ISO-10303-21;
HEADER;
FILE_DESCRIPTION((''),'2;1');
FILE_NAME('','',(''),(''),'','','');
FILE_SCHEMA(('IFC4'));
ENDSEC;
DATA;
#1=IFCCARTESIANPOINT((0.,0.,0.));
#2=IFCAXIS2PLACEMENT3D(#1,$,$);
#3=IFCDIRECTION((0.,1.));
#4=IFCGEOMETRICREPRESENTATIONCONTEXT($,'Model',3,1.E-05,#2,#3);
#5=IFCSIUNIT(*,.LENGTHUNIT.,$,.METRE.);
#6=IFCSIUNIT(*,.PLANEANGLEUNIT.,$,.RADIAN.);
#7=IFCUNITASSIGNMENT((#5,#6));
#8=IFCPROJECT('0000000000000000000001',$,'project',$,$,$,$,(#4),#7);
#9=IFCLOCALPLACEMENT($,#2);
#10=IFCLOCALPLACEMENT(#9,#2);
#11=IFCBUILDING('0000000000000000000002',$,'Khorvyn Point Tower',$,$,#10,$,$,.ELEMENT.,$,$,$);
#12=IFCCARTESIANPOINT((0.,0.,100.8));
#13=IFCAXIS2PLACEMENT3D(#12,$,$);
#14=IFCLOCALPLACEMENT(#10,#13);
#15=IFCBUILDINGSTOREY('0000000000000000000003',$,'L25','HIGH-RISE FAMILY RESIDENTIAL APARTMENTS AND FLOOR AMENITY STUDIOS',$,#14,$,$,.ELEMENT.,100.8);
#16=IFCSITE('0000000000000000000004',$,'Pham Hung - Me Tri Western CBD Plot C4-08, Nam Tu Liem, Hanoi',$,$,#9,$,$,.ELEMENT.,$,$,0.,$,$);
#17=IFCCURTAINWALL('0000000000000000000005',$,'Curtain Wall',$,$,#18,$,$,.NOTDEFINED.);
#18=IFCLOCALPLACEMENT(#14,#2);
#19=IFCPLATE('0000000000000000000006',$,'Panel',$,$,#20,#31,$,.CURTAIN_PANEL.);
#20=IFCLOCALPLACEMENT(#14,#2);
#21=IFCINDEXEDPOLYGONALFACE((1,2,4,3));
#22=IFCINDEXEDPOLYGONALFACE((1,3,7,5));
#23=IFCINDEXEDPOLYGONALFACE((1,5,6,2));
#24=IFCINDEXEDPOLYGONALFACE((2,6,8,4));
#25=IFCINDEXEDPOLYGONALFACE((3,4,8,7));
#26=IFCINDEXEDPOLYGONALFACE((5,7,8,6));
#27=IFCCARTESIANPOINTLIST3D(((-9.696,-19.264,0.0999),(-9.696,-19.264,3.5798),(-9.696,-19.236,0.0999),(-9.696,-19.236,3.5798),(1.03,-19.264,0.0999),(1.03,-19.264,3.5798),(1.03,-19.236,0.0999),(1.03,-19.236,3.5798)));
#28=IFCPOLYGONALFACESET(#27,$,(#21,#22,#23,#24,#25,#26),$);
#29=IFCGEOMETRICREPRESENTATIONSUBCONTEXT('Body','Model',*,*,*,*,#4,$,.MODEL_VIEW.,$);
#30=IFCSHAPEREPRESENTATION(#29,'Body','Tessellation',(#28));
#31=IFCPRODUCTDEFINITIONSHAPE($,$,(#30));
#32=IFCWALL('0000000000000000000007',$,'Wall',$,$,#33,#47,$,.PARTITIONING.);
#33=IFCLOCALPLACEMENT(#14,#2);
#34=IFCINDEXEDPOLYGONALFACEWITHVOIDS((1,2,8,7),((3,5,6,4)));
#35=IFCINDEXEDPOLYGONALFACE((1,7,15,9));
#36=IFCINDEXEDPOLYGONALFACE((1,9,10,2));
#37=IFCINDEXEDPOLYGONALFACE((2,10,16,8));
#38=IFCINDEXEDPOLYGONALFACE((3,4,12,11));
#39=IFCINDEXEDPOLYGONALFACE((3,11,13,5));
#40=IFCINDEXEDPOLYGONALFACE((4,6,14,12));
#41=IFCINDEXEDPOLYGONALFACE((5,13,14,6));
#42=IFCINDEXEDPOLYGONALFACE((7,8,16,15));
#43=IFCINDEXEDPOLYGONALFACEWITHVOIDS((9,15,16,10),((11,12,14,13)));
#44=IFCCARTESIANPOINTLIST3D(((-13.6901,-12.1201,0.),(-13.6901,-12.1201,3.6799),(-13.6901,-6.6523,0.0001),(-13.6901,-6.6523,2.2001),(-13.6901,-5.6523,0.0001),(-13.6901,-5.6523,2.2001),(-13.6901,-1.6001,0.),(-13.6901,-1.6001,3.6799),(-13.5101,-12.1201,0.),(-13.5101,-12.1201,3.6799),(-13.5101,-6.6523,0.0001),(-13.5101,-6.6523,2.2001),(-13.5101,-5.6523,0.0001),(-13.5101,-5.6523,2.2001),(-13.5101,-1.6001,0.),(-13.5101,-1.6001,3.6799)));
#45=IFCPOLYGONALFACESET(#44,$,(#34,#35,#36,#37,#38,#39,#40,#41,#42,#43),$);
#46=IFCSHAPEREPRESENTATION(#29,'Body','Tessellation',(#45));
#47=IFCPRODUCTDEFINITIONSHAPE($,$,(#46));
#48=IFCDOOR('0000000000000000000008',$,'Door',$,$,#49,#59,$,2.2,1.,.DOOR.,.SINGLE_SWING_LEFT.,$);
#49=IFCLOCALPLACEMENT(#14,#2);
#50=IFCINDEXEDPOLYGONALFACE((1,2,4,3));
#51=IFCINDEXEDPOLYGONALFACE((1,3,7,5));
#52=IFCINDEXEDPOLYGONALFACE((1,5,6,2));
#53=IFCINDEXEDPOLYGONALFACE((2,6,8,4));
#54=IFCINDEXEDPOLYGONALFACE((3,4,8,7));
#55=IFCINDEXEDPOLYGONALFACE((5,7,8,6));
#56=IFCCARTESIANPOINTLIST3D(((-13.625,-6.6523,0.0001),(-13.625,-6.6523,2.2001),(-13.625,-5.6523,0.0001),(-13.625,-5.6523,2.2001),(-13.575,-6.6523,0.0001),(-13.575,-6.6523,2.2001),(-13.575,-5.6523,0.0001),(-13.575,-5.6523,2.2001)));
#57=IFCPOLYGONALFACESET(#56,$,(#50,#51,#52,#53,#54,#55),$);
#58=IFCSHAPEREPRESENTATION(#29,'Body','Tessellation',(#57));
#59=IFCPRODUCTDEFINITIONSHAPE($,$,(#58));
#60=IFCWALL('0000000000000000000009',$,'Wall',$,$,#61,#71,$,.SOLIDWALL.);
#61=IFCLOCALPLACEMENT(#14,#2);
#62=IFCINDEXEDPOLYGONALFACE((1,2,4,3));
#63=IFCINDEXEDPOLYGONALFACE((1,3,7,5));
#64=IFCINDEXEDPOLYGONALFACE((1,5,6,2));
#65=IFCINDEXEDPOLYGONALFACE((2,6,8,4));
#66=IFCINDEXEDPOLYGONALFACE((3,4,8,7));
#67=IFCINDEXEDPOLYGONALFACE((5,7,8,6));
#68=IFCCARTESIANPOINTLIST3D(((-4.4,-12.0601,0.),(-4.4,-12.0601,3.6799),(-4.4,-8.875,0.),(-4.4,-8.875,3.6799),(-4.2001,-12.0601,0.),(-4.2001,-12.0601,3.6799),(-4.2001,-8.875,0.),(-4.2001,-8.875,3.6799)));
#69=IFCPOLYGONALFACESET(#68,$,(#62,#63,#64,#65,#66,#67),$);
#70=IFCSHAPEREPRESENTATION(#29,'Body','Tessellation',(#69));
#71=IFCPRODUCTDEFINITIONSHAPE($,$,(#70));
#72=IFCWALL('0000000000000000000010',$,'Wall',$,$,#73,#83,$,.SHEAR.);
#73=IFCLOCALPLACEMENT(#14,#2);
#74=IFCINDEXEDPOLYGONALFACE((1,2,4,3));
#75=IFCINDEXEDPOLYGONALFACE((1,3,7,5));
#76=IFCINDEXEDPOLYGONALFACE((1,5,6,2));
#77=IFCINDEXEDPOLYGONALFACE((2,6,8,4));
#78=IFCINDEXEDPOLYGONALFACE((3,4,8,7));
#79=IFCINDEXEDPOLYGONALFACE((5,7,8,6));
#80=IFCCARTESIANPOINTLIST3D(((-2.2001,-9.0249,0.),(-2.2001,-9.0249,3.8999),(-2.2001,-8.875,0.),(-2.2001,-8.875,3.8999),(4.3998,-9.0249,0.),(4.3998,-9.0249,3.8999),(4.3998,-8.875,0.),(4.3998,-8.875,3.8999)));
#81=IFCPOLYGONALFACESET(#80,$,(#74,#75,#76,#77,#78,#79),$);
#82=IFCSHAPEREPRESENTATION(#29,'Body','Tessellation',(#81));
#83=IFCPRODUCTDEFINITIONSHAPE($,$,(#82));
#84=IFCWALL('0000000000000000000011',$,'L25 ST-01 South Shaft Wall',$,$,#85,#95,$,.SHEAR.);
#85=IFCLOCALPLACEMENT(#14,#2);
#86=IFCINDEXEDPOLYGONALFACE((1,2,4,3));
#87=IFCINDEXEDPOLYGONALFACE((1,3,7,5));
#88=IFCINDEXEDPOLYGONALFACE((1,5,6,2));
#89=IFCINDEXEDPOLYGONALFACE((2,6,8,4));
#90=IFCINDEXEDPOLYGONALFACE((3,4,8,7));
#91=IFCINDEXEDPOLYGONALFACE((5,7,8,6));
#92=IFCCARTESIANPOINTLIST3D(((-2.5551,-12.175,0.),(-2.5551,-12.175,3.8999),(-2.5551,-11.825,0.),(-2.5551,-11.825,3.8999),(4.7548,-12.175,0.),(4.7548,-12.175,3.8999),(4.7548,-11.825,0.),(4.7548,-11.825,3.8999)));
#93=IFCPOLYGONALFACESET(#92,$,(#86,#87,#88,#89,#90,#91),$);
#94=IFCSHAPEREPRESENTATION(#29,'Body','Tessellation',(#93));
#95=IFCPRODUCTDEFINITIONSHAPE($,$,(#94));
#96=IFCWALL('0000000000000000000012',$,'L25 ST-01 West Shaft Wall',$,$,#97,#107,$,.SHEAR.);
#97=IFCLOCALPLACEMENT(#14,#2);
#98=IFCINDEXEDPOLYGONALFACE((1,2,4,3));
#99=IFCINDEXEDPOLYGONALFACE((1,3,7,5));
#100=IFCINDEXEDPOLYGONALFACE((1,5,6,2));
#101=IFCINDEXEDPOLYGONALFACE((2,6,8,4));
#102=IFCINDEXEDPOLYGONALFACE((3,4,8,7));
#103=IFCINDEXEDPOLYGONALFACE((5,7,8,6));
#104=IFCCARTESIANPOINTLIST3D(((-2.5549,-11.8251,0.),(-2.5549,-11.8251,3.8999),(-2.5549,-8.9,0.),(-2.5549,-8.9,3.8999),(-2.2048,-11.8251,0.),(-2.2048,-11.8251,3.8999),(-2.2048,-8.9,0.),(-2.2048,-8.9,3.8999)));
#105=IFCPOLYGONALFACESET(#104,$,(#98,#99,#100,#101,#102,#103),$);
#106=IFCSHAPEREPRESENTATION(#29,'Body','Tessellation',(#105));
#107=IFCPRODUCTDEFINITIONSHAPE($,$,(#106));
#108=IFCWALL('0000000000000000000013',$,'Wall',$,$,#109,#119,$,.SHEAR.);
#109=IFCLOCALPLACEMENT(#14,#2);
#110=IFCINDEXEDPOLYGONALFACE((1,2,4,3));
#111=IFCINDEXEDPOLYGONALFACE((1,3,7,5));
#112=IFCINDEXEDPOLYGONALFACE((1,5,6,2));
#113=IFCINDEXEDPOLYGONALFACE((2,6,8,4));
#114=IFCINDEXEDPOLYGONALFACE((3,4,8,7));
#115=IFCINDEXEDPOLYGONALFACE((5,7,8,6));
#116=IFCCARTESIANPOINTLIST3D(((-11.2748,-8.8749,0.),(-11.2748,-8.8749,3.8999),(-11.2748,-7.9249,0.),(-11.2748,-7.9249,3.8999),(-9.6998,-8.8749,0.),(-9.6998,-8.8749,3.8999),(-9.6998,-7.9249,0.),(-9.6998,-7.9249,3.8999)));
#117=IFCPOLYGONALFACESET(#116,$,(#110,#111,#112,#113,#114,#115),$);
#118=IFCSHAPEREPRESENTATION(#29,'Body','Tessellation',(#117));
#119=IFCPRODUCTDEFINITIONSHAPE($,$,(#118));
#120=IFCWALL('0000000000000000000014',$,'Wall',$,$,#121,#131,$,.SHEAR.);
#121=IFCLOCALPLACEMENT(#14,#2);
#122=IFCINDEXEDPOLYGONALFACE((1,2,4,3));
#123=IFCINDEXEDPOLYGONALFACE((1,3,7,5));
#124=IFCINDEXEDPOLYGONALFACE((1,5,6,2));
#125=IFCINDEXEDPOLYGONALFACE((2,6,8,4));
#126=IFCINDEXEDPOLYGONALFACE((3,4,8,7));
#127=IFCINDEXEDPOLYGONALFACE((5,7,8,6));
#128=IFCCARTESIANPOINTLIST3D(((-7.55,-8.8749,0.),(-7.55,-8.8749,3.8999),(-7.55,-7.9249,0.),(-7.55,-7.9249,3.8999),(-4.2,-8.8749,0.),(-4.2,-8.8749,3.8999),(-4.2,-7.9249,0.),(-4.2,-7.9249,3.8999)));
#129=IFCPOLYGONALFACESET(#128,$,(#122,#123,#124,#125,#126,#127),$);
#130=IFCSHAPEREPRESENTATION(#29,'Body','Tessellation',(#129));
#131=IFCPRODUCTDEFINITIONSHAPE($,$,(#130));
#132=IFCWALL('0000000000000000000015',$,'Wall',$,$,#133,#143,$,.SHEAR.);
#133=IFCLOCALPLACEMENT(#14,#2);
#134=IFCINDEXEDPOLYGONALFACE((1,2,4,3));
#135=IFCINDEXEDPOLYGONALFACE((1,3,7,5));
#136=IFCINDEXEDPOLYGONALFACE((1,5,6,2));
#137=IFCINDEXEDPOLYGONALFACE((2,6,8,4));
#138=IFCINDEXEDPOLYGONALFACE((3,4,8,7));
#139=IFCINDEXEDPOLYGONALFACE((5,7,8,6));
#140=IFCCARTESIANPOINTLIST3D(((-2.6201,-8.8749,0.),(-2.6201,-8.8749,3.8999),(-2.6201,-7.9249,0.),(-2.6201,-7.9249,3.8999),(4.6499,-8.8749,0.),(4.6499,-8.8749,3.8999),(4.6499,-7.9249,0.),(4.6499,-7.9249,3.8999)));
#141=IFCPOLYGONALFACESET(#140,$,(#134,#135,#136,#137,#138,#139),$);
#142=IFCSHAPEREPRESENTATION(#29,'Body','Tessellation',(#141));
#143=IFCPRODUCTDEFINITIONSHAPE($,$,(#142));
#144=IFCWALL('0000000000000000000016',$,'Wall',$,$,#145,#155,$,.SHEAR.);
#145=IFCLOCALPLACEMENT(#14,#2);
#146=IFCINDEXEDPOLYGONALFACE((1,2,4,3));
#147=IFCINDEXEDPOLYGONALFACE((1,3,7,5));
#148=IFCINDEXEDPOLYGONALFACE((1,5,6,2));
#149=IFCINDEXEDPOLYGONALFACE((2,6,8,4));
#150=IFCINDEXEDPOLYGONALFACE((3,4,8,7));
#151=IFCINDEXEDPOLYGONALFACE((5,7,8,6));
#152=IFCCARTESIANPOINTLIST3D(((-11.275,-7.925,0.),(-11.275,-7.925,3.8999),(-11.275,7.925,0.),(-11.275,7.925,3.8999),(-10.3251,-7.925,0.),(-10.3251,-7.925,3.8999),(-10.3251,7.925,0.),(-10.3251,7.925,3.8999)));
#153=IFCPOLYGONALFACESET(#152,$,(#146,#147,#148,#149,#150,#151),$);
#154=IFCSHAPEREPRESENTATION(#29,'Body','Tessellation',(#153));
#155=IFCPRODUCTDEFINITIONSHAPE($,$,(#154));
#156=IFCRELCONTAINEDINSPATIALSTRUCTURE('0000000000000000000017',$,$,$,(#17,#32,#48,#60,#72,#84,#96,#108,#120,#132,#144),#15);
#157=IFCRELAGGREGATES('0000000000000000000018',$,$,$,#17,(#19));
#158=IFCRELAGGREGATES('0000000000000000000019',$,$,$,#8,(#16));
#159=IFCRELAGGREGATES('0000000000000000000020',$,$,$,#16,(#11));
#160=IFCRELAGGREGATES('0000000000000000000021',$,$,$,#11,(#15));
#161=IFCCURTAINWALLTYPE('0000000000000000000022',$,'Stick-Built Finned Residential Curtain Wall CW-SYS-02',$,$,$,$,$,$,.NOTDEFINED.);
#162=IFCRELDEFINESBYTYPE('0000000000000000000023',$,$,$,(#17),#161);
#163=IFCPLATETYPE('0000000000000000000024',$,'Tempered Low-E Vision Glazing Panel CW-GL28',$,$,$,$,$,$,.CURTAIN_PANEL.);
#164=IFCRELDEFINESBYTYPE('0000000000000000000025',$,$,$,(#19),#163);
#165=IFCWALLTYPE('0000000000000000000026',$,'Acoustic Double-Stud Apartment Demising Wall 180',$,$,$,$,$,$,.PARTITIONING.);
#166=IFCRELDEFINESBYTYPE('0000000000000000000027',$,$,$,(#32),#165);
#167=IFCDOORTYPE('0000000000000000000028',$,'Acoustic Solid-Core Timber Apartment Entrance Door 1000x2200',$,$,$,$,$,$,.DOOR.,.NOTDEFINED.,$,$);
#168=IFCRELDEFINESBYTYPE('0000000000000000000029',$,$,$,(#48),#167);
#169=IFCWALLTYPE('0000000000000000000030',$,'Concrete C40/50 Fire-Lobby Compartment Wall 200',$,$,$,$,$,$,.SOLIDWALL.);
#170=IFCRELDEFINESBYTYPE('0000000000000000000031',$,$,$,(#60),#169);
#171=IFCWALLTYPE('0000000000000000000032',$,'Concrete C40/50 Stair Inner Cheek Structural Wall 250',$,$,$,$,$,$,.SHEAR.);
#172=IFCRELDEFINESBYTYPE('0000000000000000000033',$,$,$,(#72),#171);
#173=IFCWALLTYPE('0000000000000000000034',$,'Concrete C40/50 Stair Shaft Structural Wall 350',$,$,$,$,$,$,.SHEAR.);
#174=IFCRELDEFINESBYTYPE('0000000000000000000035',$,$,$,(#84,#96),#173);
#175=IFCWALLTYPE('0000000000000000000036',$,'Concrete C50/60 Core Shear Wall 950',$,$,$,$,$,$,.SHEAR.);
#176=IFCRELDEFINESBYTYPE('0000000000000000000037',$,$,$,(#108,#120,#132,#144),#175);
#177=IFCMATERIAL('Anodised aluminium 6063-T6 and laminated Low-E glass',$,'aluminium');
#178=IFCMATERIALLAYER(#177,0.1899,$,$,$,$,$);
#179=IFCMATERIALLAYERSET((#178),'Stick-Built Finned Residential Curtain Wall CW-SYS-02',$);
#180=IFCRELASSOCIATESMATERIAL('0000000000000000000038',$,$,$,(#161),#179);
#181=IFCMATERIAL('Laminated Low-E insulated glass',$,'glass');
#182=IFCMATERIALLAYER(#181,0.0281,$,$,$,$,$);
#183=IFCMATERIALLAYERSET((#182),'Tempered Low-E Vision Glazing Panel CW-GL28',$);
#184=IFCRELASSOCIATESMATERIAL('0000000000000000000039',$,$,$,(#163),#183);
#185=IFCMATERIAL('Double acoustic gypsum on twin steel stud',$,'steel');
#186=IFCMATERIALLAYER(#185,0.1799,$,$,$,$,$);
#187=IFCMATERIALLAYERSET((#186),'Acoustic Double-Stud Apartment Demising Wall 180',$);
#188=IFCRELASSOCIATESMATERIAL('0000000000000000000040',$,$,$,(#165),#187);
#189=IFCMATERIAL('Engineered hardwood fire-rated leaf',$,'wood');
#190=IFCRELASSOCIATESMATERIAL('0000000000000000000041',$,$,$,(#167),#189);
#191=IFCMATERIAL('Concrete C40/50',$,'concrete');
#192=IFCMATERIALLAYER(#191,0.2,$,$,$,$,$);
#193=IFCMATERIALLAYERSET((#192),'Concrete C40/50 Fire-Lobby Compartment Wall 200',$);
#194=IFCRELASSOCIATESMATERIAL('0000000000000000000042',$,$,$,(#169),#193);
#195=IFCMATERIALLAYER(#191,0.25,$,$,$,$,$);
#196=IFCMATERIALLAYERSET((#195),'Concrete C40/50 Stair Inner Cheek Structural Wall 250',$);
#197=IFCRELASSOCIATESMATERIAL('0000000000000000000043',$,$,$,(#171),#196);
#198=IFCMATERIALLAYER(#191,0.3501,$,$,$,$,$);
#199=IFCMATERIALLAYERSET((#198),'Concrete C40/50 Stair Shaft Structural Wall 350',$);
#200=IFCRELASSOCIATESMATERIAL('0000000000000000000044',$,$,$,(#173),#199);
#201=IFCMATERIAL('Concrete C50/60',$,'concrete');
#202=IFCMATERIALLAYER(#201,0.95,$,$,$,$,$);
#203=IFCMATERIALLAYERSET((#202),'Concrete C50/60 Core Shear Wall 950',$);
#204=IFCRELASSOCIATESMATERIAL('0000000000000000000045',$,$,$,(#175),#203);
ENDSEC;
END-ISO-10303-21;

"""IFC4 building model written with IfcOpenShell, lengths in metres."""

from ifc_helpers import new_model, si_unit, direction, frame, frame_2d, origin, origin_2d, place, context, subcontext, project, spatial, rectangle, extrude, material, layer, layer_set, type_object, element, fill, aggregate, save


model = new_model("IFC4")

# Units and contexts
model_context = context("Model", 3, precision=1e-05, world=origin(), true_north=direction((0.0, 1.0)))
body_context = subcontext(model_context, "Body", "Model", "MODEL_VIEW")
ifc_project = project(units=[si_unit("LENGTHUNIT", "METRE"), si_unit("PLANEANGLEUNIT", "RADIAN")], contexts=[model_context])

# Site, building, storey
site_placement = place(None, origin())
site = spatial("IfcSite", under=ifc_project, at=site_placement, Name="Pham Hung - Me Tri Western CBD Plot C4-08, Nam Tu Liem, Hanoi", CompositionType="ELEMENT", RefElevation=0.0)
building_placement = place(site_placement, origin())
building = spatial("IfcBuilding", under=site, at=building_placement, Name="Khorvyn Point Tower", CompositionType="ELEMENT")
storey_placement = place(building_placement, frame((0.0, 0.0, 100.8)))
storey = spatial("IfcBuildingStorey", under=building, at=storey_placement, Name="L25", Description="HIGH-RISE FAMILY RESIDENTIAL APARTMENTS AND FLOOR AMENITY STUDIOS", CompositionType="ELEMENT", Elevation=100.8)

# Shared definitions
ifc_material_1 = material(Name="Concrete C50/60", Category="concrete")

# Curtain wall
ifc_material_2 = material(Name="Anodised aluminium 6063-T6 and laminated Low-E glass", Category="aluminium")
ifc_layer_1 = layer(ifc_material_2, 0.1899)
ifc_layer_set_1 = layer_set([ifc_layer_1], Name="Stick-Built Finned Residential Curtain Wall CW-SYS-02")
curtain_wall_type = type_object("IfcCurtainWallType", Name="Stick-Built Finned Residential Curtain Wall CW-SYS-02", PredefinedType="NOTDEFINED", material=ifc_layer_set_1)
curtain_wall_placement = place(storey_placement, origin())
curtain_wall = element("IfcCurtainWall", 1, at=curtain_wall_placement, inside=storey, type_object=curtain_wall_type, Name="Curtain Wall", PredefinedType="NOTDEFINED")

# Plate
ifc_material_3 = material(Name="Laminated Low-E insulated glass", Category="glass")
ifc_layer_2 = layer(ifc_material_3, 0.0281)
ifc_layer_set_2 = layer_set([ifc_layer_2], Name="Tempered Low-E Vision Glazing Panel CW-GL28")
plate_type = type_object("IfcPlateType", Name="Tempered Low-E Vision Glazing Panel CW-GL28", PredefinedType="CURTAIN_PANEL", material=ifc_layer_set_2)
plate_placement = place(storey_placement, frame((-4.333, -19.25, 0.0999), z_axis=(0.0, 0.0, 1.0), x_axis=(-1.0, 0.0, 0.0)))
plate = element("IfcPlate", 2, at=plate_placement, type_object=plate_type, Name="Panel", PredefinedType="CURTAIN_PANEL", context=body_context, shape_type="SweptSolid", body=[
    extrude(rectangle(XDim=10.7261, YDim=0.0281, at=origin_2d()), origin(), (0.0, 0.0, 1.0), 3.48),
])
aggregate(curtain_wall, [plate])

# Wall, opening, door
ifc_material_4 = material(Name="Double acoustic gypsum on twin steel stud", Category="steel")
ifc_layer_3 = layer(ifc_material_4, 0.1799)
ifc_layer_set_3 = layer_set([ifc_layer_3], Name="Acoustic Double-Stud Apartment Demising Wall 180")
wall_type_1 = type_object("IfcWallType", Name="Acoustic Double-Stud Apartment Demising Wall 180", PredefinedType="PARTITIONING", material=ifc_layer_set_3)
wall_1_placement = place(storey_placement, frame((-13.6001, -12.1201, 0.0), z_axis=(0.0, 0.0, 1.0), x_axis=(0.0, 1.0, 0.0)))
wall_1 = element("IfcWall", 3, at=wall_1_placement, inside=storey, type_object=wall_type_1, Name="Wall", PredefinedType="PARTITIONING", context=body_context, shape_type="SweptSolid", body=[
    extrude(rectangle(XDim=10.52, YDim=0.1799, at=frame_2d((5.26, 0.0))), origin(), (0.0, 0.0, 1.0), 3.6799),
])
opening_1_placement = place(wall_1_placement, frame((5.4678, 0.0, 0.0)))
opening_1 = element("IfcOpeningElement", 4, at=opening_1_placement, cuts=wall_1, PredefinedType="OPENING", context=body_context, shape_type="SweptSolid", body=[
    extrude(rectangle(XDim=1.0, YDim=2.2, at=frame_2d((0.5, 1.1001))), frame((0.0, 0.0999, 0.0), z_axis=(0.0, -1.0, 0.0), x_axis=(1.0, 0.0, 0.0)), (0.0, 0.0, 1.0), 0.2),
])
ifc_material_5 = material(Name="Engineered hardwood fire-rated leaf", Category="wood")
door_type_1 = type_object("IfcDoorType", Name="Acoustic Solid-Core Timber Apartment Entrance Door 1000x2200", OperationType="NOTDEFINED", PredefinedType="DOOR", material=ifc_material_5)
door_1_placement = place(opening_1_placement, origin())
door_1 = element("IfcDoor", 5, at=door_1_placement, inside=storey, type_object=door_type_1, Name="Door", OperationType="SINGLE_SWING_LEFT", OverallHeight=2.2, OverallWidth=1.0, PredefinedType="DOOR", context=body_context, shape_type="SweptSolid", body=[
    extrude(rectangle(XDim=1.0, YDim=2.2, at=frame_2d((0.5, 1.1001))), frame((0.0, 0.0249, 0.0), z_axis=(0.0, -1.0, 0.0), x_axis=(1.0, 0.0, 0.0)), (0.0, 0.0, 1.0), 0.05),
])
fill(opening_1, door_1)
ifc_material_6 = material(Name="Concrete C40/50", Category="concrete")
ifc_layer_4 = layer(ifc_material_6, 0.2)
ifc_layer_set_4 = layer_set([ifc_layer_4], Name="Concrete C40/50 Fire-Lobby Compartment Wall 200")
wall_type_2 = type_object("IfcWallType", Name="Concrete C40/50 Fire-Lobby Compartment Wall 200", PredefinedType="SOLIDWALL", material=ifc_layer_set_4)

# Walls
wall_2_placement = place(storey_placement, frame((-4.3, -12.0601, 0.0), z_axis=(0.0, 0.0, 1.0), x_axis=(0.0, 1.0, 0.0)))
element("IfcWall", 6, at=wall_2_placement, inside=storey, type_object=wall_type_2, Name="Wall", PredefinedType="SOLIDWALL", context=body_context, shape_type="SweptSolid", body=[
    extrude(rectangle(XDim=3.1851, YDim=0.2, at=frame_2d((1.5925, 0.0))), origin(), (0.0, 0.0, 1.0), 3.6799),
])
ifc_layer_5 = layer(ifc_material_6, 0.25)
ifc_layer_set_5 = layer_set([ifc_layer_5], Name="Concrete C40/50 Stair Inner Cheek Structural Wall 250")
wall_type_3 = type_object("IfcWallType", Name="Concrete C40/50 Stair Inner Cheek Structural Wall 250", PredefinedType="SHEAR", material=ifc_layer_set_5)
wall_3_placement = place(storey_placement, frame((-2.2, -8.95, 0.0), z_axis=(0.0, 0.0, 1.0), x_axis=(1.0, 0.0, 0.0)))
element("IfcWall", 7, at=wall_3_placement, inside=storey, type_object=wall_type_3, Name="Wall", PredefinedType="SHEAR", context=body_context, shape_type="SweptSolid", body=[
    extrude(rectangle(XDim=6.5999, YDim=0.1499, at=frame_2d((3.2998, 0.0))), origin(), (0.0, 0.0, 1.0), 3.8999),
])
ifc_layer_6 = layer(ifc_material_6, 0.3501)
ifc_layer_set_6 = layer_set([ifc_layer_6], Name="Concrete C40/50 Stair Shaft Structural Wall 350")
wall_type_4 = type_object("IfcWallType", Name="Concrete C40/50 Stair Shaft Structural Wall 350", PredefinedType="SHEAR", material=ifc_layer_set_6)
wall_4_placement = place(storey_placement, frame((-2.5549, -12.0, 0.0), z_axis=(0.0, 0.0, 1.0), x_axis=(1.0, 0.0, 0.0)))
element("IfcWall", 8, at=wall_4_placement, inside=storey, type_object=wall_type_4, Name="L25 ST-01 South Shaft Wall", PredefinedType="SHEAR", context=body_context, shape_type="SweptSolid", body=[
    extrude(rectangle(XDim=7.3098, YDim=0.3501, at=frame_2d((3.6548, 0.0))), origin(), (0.0, 0.0, 1.0), 3.8999),
])
wall_5_placement = place(storey_placement, frame((-2.3799, -11.825, 0.0), z_axis=(0.0, 0.0, 1.0), x_axis=(0.0, 1.0, 0.0)))
element("IfcWall", 9, at=wall_5_placement, inside=storey, type_object=wall_type_4, Name="L25 ST-01 West Shaft Wall", PredefinedType="SHEAR", context=body_context, shape_type="SweptSolid", body=[
    extrude(rectangle(XDim=2.925, YDim=0.3501, at=frame_2d((1.4624, 0.0))), origin(), (0.0, 0.0, 1.0), 3.8999),
])
ifc_layer_7 = layer(ifc_material_1, 0.95)
ifc_layer_set_7 = layer_set([ifc_layer_7], Name="Concrete C50/60 Core Shear Wall 950")
wall_type_5 = type_object("IfcWallType", Name="Concrete C50/60 Core Shear Wall 950", PredefinedType="SHEAR", material=ifc_layer_set_7)
wall_6_placement = place(storey_placement, frame((-11.2749, -8.3999, 0.0), z_axis=(0.0, 0.0, 1.0), x_axis=(1.0, 0.0, 0.0)))
element("IfcWall", 10, at=wall_6_placement, inside=storey, type_object=wall_type_5, Name="Wall", PredefinedType="SHEAR", context=body_context, shape_type="SweptSolid", body=[
    extrude(rectangle(XDim=1.575, YDim=0.95, at=frame_2d((0.7876, 0.0))), origin(), (0.0, 0.0, 1.0), 3.8999),
])
wall_7_placement = place(storey_placement, frame((-7.55, -8.3999, 0.0), z_axis=(0.0, 0.0, 1.0), x_axis=(1.0, 0.0, 0.0)))
element("IfcWall", 11, at=wall_7_placement, inside=storey, type_object=wall_type_5, Name="Wall", PredefinedType="SHEAR", context=body_context, shape_type="SweptSolid", body=[
    extrude(rectangle(XDim=3.3501, YDim=0.95, at=frame_2d((1.675, 0.0))), origin(), (0.0, 0.0, 1.0), 3.8999),
])
wall_8_placement = place(storey_placement, frame((-2.6201, -8.3999, 0.0), z_axis=(0.0, 0.0, 1.0), x_axis=(1.0, 0.0, 0.0)))
element("IfcWall", 12, at=wall_8_placement, inside=storey, type_object=wall_type_5, Name="Wall", PredefinedType="SHEAR", context=body_context, shape_type="SweptSolid", body=[
    extrude(rectangle(XDim=7.27, YDim=0.95, at=frame_2d((3.635, 0.0))), origin(), (0.0, 0.0, 1.0), 3.8999),
])
wall_9_placement = place(storey_placement, frame((-10.8, -7.925, 0.0), z_axis=(0.0, 0.0, 1.0), x_axis=(0.0, 1.0, 0.0)))
element("IfcWall", 13, at=wall_9_placement, inside=storey, type_object=wall_type_5, Name="Wall", PredefinedType="SHEAR", context=body_context, shape_type="SweptSolid", body=[
    extrude(rectangle(XDim=15.8501, YDim=0.95, at=frame_2d((7.925, 0.0))), origin(), (0.0, 0.0, 1.0), 3.8999),
])

save(model, "model.ifc")
